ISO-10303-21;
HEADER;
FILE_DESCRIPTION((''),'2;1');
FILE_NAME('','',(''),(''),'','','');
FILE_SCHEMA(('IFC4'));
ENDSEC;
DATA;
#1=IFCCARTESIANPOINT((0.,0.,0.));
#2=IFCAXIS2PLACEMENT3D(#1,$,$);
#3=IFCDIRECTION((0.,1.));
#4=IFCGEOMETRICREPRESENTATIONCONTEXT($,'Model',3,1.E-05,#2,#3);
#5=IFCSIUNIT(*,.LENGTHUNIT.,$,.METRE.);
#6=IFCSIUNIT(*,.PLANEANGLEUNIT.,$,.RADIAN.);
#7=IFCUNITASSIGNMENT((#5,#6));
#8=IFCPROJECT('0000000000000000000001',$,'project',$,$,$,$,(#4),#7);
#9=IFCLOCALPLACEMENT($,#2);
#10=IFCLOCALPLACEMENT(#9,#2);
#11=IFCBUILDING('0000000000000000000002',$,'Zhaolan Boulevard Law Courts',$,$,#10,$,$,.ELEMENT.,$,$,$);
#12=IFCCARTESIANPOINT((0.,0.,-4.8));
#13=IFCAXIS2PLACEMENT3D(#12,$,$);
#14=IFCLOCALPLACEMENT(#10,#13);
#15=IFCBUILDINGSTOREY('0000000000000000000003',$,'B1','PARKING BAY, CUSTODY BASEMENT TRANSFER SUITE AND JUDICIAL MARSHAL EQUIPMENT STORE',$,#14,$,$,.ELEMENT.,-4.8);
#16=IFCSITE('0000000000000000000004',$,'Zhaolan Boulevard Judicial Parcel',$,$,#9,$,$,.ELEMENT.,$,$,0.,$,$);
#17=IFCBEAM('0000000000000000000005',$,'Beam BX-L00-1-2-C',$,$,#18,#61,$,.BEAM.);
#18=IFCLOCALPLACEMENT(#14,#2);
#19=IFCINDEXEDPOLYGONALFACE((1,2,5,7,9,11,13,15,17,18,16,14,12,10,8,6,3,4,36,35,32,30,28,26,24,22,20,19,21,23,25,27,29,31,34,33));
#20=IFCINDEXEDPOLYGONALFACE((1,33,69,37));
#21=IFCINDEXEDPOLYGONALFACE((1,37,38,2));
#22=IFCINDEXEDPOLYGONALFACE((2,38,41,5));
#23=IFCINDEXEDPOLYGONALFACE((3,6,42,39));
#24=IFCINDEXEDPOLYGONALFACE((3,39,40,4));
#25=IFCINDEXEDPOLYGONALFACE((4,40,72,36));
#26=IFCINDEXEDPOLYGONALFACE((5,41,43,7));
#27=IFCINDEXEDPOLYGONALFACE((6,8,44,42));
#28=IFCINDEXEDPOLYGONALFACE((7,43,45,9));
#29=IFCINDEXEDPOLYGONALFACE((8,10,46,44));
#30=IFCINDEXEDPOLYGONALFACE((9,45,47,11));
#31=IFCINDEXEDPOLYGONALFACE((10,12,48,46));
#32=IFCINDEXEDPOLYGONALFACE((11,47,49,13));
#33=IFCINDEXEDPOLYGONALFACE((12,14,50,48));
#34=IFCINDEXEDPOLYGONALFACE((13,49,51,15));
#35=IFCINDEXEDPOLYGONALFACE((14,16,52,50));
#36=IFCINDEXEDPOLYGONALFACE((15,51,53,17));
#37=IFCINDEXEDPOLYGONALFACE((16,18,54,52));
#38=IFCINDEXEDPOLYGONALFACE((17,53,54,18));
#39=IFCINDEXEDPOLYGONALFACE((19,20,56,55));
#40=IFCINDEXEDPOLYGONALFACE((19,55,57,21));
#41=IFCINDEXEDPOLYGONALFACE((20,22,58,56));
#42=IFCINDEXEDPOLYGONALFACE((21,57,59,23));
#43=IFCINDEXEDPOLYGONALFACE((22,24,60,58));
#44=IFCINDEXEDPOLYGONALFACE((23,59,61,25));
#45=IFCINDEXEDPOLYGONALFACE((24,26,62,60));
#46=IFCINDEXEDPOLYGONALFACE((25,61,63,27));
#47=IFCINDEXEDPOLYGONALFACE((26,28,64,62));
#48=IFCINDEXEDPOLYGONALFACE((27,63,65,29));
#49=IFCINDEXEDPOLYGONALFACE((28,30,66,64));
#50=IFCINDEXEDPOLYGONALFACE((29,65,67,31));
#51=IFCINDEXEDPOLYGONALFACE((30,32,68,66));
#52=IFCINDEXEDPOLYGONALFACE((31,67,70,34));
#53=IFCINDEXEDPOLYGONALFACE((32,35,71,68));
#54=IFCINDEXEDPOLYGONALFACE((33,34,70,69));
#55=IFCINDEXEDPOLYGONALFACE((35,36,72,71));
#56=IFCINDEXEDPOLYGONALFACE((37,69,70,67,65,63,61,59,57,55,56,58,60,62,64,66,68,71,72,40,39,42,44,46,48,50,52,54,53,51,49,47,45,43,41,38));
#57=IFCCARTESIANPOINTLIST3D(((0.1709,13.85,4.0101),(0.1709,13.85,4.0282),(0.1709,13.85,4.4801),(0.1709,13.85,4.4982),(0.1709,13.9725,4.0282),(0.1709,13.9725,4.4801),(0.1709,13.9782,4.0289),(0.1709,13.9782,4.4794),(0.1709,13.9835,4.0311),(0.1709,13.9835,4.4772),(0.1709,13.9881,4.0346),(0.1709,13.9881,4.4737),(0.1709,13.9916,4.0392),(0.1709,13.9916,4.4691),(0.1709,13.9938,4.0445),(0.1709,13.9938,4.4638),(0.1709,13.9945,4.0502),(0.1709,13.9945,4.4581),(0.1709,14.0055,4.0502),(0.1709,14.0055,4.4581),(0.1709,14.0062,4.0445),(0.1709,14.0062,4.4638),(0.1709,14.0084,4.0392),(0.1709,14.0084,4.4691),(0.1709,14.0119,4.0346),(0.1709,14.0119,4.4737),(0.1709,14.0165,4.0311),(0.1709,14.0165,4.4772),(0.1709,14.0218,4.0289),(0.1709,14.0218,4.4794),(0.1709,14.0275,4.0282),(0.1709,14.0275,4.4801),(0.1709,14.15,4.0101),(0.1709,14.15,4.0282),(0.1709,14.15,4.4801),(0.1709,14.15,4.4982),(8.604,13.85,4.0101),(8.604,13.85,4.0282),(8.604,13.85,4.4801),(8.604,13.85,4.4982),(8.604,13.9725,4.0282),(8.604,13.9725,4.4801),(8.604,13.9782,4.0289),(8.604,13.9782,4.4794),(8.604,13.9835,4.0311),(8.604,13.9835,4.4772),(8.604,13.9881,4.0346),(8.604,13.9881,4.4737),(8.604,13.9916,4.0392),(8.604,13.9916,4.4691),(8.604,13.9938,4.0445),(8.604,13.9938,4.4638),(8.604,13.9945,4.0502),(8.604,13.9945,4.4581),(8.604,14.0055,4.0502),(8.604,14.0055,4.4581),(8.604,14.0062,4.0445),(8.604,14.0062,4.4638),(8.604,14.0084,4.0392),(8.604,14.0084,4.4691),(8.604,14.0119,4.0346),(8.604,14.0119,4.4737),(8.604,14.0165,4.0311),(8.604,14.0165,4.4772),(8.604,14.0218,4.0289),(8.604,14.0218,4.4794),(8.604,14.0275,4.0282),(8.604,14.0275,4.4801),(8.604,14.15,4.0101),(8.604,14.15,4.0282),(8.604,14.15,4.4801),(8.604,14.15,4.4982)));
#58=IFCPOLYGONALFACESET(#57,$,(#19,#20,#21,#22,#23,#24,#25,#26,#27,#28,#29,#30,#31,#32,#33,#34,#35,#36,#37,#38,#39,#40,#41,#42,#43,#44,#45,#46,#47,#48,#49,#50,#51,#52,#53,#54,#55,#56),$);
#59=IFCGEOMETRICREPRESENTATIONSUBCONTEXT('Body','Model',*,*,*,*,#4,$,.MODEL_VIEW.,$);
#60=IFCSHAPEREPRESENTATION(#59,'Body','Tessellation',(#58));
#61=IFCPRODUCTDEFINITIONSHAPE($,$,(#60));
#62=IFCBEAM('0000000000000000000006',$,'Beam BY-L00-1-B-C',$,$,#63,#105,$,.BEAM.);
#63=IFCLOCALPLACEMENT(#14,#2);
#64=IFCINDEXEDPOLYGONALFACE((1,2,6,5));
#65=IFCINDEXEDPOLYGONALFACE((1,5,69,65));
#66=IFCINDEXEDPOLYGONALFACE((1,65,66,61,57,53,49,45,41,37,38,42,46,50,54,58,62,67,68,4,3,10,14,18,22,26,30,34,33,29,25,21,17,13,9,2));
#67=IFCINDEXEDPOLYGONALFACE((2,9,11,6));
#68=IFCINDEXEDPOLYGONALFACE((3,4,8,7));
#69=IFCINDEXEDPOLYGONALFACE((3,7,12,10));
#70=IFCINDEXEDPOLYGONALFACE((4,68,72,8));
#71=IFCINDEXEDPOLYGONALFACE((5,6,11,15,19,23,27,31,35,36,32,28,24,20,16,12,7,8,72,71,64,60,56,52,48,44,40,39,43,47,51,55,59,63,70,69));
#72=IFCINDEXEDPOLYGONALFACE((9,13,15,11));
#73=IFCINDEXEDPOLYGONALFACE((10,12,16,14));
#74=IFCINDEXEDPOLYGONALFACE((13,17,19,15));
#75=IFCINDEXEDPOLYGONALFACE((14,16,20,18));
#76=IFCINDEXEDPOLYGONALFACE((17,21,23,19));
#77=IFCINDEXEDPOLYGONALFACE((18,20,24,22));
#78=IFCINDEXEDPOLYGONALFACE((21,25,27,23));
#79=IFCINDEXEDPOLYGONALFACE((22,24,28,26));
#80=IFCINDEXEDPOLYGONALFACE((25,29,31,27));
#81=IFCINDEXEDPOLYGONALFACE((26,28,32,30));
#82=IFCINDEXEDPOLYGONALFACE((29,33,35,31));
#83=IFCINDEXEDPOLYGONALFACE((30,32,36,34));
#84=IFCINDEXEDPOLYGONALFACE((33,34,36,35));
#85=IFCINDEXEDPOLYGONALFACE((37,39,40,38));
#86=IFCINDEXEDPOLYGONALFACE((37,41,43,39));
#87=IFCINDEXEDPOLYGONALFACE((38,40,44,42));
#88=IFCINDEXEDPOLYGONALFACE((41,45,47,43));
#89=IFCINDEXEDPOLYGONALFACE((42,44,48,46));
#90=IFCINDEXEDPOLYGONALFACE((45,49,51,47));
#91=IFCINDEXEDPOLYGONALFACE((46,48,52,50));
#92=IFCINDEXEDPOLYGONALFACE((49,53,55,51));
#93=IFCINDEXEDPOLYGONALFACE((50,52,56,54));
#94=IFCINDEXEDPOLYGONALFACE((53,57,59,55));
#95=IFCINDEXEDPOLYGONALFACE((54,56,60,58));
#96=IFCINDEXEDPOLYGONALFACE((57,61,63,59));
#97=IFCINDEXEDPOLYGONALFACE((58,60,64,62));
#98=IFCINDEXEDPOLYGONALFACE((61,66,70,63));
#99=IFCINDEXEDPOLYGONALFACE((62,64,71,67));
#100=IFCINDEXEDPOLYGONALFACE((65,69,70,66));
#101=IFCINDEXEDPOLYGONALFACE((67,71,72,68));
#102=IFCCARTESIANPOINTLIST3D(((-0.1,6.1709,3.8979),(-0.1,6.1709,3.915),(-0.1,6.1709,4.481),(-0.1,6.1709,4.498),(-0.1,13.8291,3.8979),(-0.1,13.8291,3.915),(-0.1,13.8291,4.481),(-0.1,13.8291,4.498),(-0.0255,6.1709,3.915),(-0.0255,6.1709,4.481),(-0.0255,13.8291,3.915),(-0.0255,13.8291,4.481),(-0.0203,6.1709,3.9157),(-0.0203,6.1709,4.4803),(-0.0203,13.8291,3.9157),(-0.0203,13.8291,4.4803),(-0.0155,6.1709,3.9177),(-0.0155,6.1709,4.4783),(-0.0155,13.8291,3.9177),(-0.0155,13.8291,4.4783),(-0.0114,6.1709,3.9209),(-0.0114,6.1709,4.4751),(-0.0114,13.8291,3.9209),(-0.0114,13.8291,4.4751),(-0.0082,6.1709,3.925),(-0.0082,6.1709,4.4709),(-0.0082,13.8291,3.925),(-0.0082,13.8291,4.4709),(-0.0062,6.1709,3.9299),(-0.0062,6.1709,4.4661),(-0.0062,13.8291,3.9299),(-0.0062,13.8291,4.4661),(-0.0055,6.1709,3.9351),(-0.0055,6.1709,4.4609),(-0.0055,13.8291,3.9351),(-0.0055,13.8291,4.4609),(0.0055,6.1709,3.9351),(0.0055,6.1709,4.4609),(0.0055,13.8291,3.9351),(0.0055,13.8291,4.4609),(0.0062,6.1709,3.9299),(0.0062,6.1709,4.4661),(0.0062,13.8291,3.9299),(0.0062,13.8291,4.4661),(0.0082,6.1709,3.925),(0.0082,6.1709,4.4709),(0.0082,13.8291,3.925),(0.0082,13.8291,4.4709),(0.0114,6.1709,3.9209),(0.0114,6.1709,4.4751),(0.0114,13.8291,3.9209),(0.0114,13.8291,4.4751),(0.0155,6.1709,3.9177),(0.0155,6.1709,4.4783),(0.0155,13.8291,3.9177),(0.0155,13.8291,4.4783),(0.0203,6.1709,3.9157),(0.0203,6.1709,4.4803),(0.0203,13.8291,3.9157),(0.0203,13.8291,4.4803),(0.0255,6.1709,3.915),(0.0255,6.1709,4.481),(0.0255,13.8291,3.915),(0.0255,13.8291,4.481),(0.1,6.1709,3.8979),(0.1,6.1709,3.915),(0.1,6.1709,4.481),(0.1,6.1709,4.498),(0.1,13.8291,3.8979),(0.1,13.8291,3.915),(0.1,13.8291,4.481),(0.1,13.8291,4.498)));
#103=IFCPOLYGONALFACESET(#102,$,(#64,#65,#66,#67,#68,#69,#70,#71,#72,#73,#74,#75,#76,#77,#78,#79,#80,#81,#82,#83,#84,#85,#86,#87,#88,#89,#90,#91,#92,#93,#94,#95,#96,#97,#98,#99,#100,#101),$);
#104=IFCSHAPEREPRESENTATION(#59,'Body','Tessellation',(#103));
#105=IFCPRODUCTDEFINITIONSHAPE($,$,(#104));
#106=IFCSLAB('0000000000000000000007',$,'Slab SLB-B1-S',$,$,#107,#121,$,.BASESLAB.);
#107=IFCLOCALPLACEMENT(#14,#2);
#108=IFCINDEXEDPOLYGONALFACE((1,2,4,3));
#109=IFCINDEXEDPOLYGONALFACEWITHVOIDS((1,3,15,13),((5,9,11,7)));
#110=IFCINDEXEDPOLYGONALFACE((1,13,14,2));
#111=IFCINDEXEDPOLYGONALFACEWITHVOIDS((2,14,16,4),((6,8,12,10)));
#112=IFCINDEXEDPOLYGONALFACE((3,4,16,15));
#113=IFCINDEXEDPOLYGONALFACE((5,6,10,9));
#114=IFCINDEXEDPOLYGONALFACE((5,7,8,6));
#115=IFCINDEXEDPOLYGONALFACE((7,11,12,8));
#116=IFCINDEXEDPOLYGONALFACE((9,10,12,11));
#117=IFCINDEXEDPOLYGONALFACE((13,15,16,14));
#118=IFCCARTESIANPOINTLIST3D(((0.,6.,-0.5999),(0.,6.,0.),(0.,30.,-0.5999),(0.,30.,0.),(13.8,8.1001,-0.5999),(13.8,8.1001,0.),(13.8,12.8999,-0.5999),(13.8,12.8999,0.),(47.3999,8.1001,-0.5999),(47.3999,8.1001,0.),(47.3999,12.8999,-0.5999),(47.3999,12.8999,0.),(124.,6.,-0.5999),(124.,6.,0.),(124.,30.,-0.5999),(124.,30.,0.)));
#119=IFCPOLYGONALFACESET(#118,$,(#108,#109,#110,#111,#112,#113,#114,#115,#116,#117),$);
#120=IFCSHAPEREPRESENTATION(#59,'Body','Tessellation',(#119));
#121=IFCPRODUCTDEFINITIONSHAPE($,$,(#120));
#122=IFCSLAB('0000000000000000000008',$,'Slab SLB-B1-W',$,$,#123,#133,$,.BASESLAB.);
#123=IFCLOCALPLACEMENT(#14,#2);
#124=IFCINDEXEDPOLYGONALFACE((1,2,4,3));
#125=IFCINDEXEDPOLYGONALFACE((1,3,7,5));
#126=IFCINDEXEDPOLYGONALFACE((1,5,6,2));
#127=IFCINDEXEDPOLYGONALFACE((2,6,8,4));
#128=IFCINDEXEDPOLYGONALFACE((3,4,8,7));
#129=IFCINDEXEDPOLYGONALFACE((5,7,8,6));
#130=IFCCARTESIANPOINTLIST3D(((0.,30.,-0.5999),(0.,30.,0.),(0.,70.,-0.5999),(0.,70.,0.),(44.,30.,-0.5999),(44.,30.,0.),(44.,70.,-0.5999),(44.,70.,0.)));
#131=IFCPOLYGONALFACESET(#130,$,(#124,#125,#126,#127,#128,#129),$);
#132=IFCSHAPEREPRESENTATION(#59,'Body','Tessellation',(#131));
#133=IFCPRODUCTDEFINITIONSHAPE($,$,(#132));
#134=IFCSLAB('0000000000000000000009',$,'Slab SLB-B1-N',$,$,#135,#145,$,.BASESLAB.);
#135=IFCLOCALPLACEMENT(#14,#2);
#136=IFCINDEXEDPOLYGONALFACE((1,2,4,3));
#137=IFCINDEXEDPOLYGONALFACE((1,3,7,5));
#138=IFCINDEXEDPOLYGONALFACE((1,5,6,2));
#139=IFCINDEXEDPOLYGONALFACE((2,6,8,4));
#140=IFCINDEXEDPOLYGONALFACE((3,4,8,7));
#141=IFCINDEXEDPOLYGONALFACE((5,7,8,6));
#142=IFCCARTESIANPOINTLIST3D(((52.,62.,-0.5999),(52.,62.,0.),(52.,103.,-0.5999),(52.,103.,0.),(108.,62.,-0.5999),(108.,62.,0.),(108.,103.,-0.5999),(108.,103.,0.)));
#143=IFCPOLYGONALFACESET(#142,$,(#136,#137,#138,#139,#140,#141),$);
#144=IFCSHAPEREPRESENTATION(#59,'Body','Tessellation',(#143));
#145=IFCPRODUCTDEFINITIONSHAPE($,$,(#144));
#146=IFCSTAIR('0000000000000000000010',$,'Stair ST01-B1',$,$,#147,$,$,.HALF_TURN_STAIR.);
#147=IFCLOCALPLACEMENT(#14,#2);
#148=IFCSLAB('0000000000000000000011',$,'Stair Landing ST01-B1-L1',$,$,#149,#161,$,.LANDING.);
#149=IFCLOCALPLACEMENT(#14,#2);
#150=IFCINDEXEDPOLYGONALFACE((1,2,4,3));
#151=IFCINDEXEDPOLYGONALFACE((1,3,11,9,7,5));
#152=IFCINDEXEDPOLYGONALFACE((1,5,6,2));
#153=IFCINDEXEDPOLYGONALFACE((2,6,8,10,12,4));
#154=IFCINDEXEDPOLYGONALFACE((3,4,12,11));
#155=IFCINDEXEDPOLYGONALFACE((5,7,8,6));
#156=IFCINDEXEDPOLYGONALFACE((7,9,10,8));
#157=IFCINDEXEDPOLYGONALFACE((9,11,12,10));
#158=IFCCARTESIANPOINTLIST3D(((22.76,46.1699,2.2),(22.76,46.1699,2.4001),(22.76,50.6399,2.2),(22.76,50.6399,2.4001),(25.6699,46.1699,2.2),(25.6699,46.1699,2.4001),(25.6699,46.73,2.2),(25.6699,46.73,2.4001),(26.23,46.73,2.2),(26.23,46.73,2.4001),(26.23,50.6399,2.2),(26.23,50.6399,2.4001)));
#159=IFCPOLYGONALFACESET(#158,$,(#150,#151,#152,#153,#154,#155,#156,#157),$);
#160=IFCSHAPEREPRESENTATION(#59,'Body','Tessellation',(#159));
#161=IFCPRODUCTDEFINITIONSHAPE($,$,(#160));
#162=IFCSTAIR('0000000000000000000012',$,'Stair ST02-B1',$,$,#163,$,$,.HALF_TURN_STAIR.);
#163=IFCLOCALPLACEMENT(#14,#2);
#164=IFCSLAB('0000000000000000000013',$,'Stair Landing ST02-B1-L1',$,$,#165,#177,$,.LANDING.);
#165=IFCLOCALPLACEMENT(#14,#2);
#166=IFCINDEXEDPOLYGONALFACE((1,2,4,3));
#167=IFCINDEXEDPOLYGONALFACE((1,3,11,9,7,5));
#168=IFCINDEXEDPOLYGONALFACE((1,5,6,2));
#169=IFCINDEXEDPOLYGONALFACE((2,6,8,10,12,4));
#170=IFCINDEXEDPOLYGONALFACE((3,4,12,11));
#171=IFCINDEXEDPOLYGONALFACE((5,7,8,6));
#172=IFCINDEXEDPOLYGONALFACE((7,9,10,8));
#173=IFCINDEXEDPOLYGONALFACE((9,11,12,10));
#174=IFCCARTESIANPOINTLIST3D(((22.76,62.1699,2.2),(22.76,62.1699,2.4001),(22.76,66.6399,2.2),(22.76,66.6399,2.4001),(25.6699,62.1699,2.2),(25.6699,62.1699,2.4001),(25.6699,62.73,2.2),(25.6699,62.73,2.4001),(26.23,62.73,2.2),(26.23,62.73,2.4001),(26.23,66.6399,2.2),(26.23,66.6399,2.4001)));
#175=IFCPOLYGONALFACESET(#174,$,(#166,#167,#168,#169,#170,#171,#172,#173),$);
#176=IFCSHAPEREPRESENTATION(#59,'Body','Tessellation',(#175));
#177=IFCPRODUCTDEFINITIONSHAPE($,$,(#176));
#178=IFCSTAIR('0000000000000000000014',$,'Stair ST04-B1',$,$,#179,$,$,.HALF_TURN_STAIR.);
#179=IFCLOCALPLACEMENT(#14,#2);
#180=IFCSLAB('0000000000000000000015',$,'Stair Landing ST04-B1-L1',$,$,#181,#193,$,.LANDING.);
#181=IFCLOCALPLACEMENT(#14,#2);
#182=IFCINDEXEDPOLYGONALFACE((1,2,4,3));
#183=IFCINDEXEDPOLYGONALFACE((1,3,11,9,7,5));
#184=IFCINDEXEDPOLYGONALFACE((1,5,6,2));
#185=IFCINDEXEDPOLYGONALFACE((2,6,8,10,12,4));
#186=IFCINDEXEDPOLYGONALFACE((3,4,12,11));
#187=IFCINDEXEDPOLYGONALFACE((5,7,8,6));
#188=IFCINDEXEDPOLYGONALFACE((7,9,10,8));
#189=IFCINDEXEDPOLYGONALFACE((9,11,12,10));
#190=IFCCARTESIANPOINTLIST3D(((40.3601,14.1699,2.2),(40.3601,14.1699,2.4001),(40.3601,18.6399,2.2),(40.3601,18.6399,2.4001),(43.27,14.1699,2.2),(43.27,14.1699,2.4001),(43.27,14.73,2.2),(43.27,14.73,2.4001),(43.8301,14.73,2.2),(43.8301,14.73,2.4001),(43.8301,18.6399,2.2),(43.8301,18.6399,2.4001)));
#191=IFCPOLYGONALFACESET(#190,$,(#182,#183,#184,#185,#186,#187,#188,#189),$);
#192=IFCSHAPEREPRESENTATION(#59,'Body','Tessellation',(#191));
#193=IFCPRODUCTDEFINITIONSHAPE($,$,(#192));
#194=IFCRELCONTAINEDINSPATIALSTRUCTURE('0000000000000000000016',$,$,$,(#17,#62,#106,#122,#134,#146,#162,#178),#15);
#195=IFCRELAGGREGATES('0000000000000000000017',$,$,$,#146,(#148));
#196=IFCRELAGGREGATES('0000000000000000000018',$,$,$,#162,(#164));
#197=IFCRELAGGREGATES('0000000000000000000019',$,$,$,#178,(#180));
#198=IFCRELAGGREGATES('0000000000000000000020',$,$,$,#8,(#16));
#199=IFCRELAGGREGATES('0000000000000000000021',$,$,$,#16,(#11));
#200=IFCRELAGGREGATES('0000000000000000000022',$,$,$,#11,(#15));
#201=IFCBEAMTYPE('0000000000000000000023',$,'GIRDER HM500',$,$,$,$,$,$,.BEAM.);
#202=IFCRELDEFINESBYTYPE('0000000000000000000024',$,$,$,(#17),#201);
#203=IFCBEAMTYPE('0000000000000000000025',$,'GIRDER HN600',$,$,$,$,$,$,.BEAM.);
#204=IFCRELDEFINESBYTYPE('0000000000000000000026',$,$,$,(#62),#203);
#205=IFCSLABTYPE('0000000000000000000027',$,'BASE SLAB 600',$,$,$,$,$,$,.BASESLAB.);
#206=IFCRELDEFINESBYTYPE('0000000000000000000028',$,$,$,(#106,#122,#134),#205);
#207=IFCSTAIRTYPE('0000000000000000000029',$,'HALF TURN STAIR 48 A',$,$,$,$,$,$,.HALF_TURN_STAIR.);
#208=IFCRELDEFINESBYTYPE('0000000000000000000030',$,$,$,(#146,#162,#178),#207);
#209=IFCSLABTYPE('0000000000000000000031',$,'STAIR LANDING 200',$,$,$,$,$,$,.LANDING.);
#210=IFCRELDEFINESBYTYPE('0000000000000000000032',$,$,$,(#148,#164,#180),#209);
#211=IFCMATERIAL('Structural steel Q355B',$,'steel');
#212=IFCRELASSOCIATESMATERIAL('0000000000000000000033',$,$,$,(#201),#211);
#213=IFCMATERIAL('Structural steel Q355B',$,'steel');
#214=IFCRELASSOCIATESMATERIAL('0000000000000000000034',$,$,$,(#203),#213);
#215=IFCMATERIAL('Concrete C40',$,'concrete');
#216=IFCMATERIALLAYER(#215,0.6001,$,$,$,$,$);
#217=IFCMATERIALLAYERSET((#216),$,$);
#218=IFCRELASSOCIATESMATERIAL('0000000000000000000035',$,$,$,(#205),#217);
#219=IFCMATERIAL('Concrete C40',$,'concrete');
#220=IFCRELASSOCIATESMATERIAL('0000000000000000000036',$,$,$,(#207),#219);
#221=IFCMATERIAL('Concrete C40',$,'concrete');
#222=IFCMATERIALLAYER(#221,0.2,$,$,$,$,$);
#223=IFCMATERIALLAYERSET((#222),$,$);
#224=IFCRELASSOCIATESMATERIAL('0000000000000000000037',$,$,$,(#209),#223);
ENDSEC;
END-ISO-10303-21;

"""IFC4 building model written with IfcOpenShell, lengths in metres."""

from ifc_helpers import new_model, si_unit, direction, frame, origin, origin_2d, place, context, subcontext, project, spatial, polyline, i_section, outline, extrude, material, layer, layer_set, material_profile, profile_set, type_object, element, aggregate, save


model = new_model("IFC4")

# Units and contexts
model_context = context("Model", 3, precision=1e-05, world=origin(), true_north=direction((0.0, 1.0)))
body_context = subcontext(model_context, "Body", "Model", "MODEL_VIEW")
ifc_project = project(units=[si_unit("LENGTHUNIT", "METRE"), si_unit("PLANEANGLEUNIT", "RADIAN")], contexts=[model_context])

# Site, building, storey
site_placement = place(None, origin())
site = spatial("IfcSite", under=ifc_project, at=site_placement, Name="Zhaolan Boulevard Judicial Parcel", CompositionType="ELEMENT", RefElevation=0.0)
building_placement = place(site_placement, origin())
building = spatial("IfcBuilding", under=site, at=building_placement, Name="Zhaolan Boulevard Law Courts", CompositionType="ELEMENT")
storey_placement = place(building_placement, frame((0.0, 0.0, -4.8)))
storey = spatial("IfcBuildingStorey", under=building, at=storey_placement, Name="B1", Description="PARKING BAY, CUSTODY BASEMENT TRANSFER SUITE AND JUDICIAL MARSHAL EQUIPMENT STORE", CompositionType="ELEMENT", Elevation=-4.8)

# Beams
ifc_material_1 = material(Name="Structural steel Q355B", Category="steel")
ifc_material_profile_1 = material_profile(ifc_material_1, i_section(OverallWidth=0.3, OverallDepth=0.488, WebThickness=0.011, FlangeThickness=0.0181, FilletRadius=0.022, at=origin_2d()), Name="HM488x300")
ifc_profile_set_1 = profile_set([ifc_material_profile_1], Name="Structural steel Q355B")
beam_type_1 = type_object("IfcBeamType", Name="GIRDER HM500", PredefinedType="BEAM", material=ifc_profile_set_1)
beam_1_placement = place(storey_placement, frame((0.1709, 14.0, 4.2542), z_axis=(1.0, 0.0, 0.0), x_axis=(0.0, 1.0, 0.0)))
element("IfcBeam", 1, at=beam_1_placement, inside=storey, type_object=beam_type_1, Name="Beam BX-L00-1-2-C", PredefinedType="BEAM", context=body_context, shape_type="SweptSolid", body=[
    extrude(i_section(OverallWidth=0.3, OverallDepth=0.488, WebThickness=0.011, FlangeThickness=0.0181, FilletRadius=0.022, at=origin_2d()), origin(), (0.0, 0.0, 1.0), 8.4331),
])
ifc_material_2 = material(Name="Structural steel Q355B", Category="steel")
ifc_material_profile_2 = material_profile(ifc_material_2, i_section(OverallWidth=0.2, OverallDepth=0.6001, WebThickness=0.011, FlangeThickness=0.0171, FilletRadius=0.02, at=origin_2d()), Name="HN600x200")
ifc_profile_set_2 = profile_set([ifc_material_profile_2], Name="Structural steel Q355B")
beam_type_2 = type_object("IfcBeamType", Name="GIRDER HN600", PredefinedType="BEAM", material=ifc_profile_set_2)
beam_2_placement = place(storey_placement, frame((0.0, 6.1709, 4.198), z_axis=(0.0, 1.0, 0.0), x_axis=(-1.0, 0.0, 0.0)))
element("IfcBeam", 2, at=beam_2_placement, inside=storey, type_object=beam_type_2, Name="Beam BY-L00-1-B-C", PredefinedType="BEAM", context=body_context, shape_type="SweptSolid", body=[
    extrude(i_section(OverallWidth=0.2, OverallDepth=0.6001, WebThickness=0.011, FlangeThickness=0.0171, FilletRadius=0.02, at=origin_2d()), origin(), (0.0, 0.0, 1.0), 7.6582),
])

# Slabs
ifc_material_3 = material(Name="Concrete C40", Category="concrete")
ifc_layer_1 = layer(ifc_material_3, 0.6001)
ifc_layer_set_1 = layer_set([ifc_layer_1])
slab_type_1 = type_object("IfcSlabType", Name="BASE SLAB 600", PredefinedType="BASESLAB", material=ifc_layer_set_1)
slab_1_placement = place(storey_placement, frame((0.0, 0.0, -0.5999)))
element("IfcSlab", 3, at=slab_1_placement, inside=storey, type_object=slab_type_1, Name="Slab SLB-B1-S", PredefinedType="BASESLAB", context=body_context, shape_type="SweptSolid", body=[
    extrude(outline(polyline([(0.0, 6.0), (124.0, 6.0), (124.0, 30.0), (0.0, 30.0), (0.0, 6.0)]), holes=[polyline([(13.8, 8.1001), (47.3999, 8.1001), (47.3999, 12.8999), (13.8, 12.8999), (13.8, 8.1001)])]), origin(), (0.0, 0.0, 1.0), 0.5999),
])
slab_2_placement = place(storey_placement, frame((0.0, 0.0, -0.5999)))
element("IfcSlab", 4, at=slab_2_placement, inside=storey, type_object=slab_type_1, Name="Slab SLB-B1-W", PredefinedType="BASESLAB", context=body_context, shape_type="SweptSolid", body=[
    extrude(outline(polyline([(0.0, 30.0), (44.0, 30.0), (44.0, 70.0), (0.0, 70.0), (0.0, 30.0)])), origin(), (0.0, 0.0, 1.0), 0.5999),
])
slab_3_placement = place(storey_placement, frame((0.0, 0.0, -0.5999)))
element("IfcSlab", 5, at=slab_3_placement, inside=storey, type_object=slab_type_1, Name="Slab SLB-B1-N", PredefinedType="BASESLAB", context=body_context, shape_type="SweptSolid", body=[
    extrude(outline(polyline([(52.0, 62.0), (108.0, 62.0), (108.0, 103.0), (52.0, 103.0), (52.0, 62.0)])), origin(), (0.0, 0.0, 1.0), 0.5999),
])

# Stairs, slabs
ifc_material_4 = material(Name="Concrete C40", Category="concrete")
stair_type = type_object("IfcStairType", Name="HALF TURN STAIR 48 A", PredefinedType="HALF_TURN_STAIR", material=ifc_material_4)
stair_1_placement = place(storey_placement, origin())
stair_1 = element("IfcStair", 6, at=stair_1_placement, inside=storey, type_object=stair_type, Name="Stair ST01-B1", PredefinedType="HALF_TURN_STAIR")
ifc_material_5 = material(Name="Concrete C40", Category="concrete")
ifc_layer_2 = layer(ifc_material_5, 0.2)
ifc_layer_set_2 = layer_set([ifc_layer_2])
slab_type_2 = type_object("IfcSlabType", Name="STAIR LANDING 200", PredefinedType="LANDING", material=ifc_layer_set_2)
slab_4_placement = place(storey_placement, frame((0.0, 0.0, 2.2)))
slab_4 = element("IfcSlab", 7, at=slab_4_placement, type_object=slab_type_2, Name="Stair Landing ST01-B1-L1", PredefinedType="LANDING", context=body_context, shape_type="SweptSolid", body=[
    extrude(outline(polyline([(22.76, 46.1699), (25.6699, 46.1699), (25.6699, 46.73), (26.23, 46.73), (26.23, 50.6399), (22.76, 50.6399), (22.76, 46.1699)])), origin(), (0.0, 0.0, 1.0), 0.2002),
])
aggregate(stair_1, [slab_4])
stair_2_placement = place(storey_placement, origin())
stair_2 = element("IfcStair", 8, at=stair_2_placement, inside=storey, type_object=stair_type, Name="Stair ST02-B1", PredefinedType="HALF_TURN_STAIR")
slab_5_placement = place(storey_placement, frame((0.0, 0.0, 2.2)))
slab_5 = element("IfcSlab", 9, at=slab_5_placement, type_object=slab_type_2, Name="Stair Landing ST02-B1-L1", PredefinedType="LANDING", context=body_context, shape_type="SweptSolid", body=[
    extrude(outline(polyline([(22.76, 62.1699), (25.6699, 62.1699), (25.6699, 62.73), (26.23, 62.73), (26.23, 66.6399), (22.76, 66.6399), (22.76, 62.1699)])), origin(), (0.0, 0.0, 1.0), 0.2002),
])
aggregate(stair_2, [slab_5])
stair_3_placement = place(storey_placement, origin())
stair_3 = element("IfcStair", 10, at=stair_3_placement, inside=storey, type_object=stair_type, Name="Stair ST04-B1", PredefinedType="HALF_TURN_STAIR")
slab_6_placement = place(storey_placement, frame((0.0, 0.0, 2.2)))
slab_6 = element("IfcSlab", 11, at=slab_6_placement, type_object=slab_type_2, Name="Stair Landing ST04-B1-L1", PredefinedType="LANDING", context=body_context, shape_type="SweptSolid", body=[
    extrude(outline(polyline([(40.3601, 14.1699), (43.27, 14.1699), (43.27, 14.73), (43.8301, 14.73), (43.8301, 18.6399), (40.3601, 18.6399), (40.3601, 14.1699)])), origin(), (0.0, 0.0, 1.0), 0.2002),
])
aggregate(stair_3, [slab_6])

save(model, "model.ifc")
